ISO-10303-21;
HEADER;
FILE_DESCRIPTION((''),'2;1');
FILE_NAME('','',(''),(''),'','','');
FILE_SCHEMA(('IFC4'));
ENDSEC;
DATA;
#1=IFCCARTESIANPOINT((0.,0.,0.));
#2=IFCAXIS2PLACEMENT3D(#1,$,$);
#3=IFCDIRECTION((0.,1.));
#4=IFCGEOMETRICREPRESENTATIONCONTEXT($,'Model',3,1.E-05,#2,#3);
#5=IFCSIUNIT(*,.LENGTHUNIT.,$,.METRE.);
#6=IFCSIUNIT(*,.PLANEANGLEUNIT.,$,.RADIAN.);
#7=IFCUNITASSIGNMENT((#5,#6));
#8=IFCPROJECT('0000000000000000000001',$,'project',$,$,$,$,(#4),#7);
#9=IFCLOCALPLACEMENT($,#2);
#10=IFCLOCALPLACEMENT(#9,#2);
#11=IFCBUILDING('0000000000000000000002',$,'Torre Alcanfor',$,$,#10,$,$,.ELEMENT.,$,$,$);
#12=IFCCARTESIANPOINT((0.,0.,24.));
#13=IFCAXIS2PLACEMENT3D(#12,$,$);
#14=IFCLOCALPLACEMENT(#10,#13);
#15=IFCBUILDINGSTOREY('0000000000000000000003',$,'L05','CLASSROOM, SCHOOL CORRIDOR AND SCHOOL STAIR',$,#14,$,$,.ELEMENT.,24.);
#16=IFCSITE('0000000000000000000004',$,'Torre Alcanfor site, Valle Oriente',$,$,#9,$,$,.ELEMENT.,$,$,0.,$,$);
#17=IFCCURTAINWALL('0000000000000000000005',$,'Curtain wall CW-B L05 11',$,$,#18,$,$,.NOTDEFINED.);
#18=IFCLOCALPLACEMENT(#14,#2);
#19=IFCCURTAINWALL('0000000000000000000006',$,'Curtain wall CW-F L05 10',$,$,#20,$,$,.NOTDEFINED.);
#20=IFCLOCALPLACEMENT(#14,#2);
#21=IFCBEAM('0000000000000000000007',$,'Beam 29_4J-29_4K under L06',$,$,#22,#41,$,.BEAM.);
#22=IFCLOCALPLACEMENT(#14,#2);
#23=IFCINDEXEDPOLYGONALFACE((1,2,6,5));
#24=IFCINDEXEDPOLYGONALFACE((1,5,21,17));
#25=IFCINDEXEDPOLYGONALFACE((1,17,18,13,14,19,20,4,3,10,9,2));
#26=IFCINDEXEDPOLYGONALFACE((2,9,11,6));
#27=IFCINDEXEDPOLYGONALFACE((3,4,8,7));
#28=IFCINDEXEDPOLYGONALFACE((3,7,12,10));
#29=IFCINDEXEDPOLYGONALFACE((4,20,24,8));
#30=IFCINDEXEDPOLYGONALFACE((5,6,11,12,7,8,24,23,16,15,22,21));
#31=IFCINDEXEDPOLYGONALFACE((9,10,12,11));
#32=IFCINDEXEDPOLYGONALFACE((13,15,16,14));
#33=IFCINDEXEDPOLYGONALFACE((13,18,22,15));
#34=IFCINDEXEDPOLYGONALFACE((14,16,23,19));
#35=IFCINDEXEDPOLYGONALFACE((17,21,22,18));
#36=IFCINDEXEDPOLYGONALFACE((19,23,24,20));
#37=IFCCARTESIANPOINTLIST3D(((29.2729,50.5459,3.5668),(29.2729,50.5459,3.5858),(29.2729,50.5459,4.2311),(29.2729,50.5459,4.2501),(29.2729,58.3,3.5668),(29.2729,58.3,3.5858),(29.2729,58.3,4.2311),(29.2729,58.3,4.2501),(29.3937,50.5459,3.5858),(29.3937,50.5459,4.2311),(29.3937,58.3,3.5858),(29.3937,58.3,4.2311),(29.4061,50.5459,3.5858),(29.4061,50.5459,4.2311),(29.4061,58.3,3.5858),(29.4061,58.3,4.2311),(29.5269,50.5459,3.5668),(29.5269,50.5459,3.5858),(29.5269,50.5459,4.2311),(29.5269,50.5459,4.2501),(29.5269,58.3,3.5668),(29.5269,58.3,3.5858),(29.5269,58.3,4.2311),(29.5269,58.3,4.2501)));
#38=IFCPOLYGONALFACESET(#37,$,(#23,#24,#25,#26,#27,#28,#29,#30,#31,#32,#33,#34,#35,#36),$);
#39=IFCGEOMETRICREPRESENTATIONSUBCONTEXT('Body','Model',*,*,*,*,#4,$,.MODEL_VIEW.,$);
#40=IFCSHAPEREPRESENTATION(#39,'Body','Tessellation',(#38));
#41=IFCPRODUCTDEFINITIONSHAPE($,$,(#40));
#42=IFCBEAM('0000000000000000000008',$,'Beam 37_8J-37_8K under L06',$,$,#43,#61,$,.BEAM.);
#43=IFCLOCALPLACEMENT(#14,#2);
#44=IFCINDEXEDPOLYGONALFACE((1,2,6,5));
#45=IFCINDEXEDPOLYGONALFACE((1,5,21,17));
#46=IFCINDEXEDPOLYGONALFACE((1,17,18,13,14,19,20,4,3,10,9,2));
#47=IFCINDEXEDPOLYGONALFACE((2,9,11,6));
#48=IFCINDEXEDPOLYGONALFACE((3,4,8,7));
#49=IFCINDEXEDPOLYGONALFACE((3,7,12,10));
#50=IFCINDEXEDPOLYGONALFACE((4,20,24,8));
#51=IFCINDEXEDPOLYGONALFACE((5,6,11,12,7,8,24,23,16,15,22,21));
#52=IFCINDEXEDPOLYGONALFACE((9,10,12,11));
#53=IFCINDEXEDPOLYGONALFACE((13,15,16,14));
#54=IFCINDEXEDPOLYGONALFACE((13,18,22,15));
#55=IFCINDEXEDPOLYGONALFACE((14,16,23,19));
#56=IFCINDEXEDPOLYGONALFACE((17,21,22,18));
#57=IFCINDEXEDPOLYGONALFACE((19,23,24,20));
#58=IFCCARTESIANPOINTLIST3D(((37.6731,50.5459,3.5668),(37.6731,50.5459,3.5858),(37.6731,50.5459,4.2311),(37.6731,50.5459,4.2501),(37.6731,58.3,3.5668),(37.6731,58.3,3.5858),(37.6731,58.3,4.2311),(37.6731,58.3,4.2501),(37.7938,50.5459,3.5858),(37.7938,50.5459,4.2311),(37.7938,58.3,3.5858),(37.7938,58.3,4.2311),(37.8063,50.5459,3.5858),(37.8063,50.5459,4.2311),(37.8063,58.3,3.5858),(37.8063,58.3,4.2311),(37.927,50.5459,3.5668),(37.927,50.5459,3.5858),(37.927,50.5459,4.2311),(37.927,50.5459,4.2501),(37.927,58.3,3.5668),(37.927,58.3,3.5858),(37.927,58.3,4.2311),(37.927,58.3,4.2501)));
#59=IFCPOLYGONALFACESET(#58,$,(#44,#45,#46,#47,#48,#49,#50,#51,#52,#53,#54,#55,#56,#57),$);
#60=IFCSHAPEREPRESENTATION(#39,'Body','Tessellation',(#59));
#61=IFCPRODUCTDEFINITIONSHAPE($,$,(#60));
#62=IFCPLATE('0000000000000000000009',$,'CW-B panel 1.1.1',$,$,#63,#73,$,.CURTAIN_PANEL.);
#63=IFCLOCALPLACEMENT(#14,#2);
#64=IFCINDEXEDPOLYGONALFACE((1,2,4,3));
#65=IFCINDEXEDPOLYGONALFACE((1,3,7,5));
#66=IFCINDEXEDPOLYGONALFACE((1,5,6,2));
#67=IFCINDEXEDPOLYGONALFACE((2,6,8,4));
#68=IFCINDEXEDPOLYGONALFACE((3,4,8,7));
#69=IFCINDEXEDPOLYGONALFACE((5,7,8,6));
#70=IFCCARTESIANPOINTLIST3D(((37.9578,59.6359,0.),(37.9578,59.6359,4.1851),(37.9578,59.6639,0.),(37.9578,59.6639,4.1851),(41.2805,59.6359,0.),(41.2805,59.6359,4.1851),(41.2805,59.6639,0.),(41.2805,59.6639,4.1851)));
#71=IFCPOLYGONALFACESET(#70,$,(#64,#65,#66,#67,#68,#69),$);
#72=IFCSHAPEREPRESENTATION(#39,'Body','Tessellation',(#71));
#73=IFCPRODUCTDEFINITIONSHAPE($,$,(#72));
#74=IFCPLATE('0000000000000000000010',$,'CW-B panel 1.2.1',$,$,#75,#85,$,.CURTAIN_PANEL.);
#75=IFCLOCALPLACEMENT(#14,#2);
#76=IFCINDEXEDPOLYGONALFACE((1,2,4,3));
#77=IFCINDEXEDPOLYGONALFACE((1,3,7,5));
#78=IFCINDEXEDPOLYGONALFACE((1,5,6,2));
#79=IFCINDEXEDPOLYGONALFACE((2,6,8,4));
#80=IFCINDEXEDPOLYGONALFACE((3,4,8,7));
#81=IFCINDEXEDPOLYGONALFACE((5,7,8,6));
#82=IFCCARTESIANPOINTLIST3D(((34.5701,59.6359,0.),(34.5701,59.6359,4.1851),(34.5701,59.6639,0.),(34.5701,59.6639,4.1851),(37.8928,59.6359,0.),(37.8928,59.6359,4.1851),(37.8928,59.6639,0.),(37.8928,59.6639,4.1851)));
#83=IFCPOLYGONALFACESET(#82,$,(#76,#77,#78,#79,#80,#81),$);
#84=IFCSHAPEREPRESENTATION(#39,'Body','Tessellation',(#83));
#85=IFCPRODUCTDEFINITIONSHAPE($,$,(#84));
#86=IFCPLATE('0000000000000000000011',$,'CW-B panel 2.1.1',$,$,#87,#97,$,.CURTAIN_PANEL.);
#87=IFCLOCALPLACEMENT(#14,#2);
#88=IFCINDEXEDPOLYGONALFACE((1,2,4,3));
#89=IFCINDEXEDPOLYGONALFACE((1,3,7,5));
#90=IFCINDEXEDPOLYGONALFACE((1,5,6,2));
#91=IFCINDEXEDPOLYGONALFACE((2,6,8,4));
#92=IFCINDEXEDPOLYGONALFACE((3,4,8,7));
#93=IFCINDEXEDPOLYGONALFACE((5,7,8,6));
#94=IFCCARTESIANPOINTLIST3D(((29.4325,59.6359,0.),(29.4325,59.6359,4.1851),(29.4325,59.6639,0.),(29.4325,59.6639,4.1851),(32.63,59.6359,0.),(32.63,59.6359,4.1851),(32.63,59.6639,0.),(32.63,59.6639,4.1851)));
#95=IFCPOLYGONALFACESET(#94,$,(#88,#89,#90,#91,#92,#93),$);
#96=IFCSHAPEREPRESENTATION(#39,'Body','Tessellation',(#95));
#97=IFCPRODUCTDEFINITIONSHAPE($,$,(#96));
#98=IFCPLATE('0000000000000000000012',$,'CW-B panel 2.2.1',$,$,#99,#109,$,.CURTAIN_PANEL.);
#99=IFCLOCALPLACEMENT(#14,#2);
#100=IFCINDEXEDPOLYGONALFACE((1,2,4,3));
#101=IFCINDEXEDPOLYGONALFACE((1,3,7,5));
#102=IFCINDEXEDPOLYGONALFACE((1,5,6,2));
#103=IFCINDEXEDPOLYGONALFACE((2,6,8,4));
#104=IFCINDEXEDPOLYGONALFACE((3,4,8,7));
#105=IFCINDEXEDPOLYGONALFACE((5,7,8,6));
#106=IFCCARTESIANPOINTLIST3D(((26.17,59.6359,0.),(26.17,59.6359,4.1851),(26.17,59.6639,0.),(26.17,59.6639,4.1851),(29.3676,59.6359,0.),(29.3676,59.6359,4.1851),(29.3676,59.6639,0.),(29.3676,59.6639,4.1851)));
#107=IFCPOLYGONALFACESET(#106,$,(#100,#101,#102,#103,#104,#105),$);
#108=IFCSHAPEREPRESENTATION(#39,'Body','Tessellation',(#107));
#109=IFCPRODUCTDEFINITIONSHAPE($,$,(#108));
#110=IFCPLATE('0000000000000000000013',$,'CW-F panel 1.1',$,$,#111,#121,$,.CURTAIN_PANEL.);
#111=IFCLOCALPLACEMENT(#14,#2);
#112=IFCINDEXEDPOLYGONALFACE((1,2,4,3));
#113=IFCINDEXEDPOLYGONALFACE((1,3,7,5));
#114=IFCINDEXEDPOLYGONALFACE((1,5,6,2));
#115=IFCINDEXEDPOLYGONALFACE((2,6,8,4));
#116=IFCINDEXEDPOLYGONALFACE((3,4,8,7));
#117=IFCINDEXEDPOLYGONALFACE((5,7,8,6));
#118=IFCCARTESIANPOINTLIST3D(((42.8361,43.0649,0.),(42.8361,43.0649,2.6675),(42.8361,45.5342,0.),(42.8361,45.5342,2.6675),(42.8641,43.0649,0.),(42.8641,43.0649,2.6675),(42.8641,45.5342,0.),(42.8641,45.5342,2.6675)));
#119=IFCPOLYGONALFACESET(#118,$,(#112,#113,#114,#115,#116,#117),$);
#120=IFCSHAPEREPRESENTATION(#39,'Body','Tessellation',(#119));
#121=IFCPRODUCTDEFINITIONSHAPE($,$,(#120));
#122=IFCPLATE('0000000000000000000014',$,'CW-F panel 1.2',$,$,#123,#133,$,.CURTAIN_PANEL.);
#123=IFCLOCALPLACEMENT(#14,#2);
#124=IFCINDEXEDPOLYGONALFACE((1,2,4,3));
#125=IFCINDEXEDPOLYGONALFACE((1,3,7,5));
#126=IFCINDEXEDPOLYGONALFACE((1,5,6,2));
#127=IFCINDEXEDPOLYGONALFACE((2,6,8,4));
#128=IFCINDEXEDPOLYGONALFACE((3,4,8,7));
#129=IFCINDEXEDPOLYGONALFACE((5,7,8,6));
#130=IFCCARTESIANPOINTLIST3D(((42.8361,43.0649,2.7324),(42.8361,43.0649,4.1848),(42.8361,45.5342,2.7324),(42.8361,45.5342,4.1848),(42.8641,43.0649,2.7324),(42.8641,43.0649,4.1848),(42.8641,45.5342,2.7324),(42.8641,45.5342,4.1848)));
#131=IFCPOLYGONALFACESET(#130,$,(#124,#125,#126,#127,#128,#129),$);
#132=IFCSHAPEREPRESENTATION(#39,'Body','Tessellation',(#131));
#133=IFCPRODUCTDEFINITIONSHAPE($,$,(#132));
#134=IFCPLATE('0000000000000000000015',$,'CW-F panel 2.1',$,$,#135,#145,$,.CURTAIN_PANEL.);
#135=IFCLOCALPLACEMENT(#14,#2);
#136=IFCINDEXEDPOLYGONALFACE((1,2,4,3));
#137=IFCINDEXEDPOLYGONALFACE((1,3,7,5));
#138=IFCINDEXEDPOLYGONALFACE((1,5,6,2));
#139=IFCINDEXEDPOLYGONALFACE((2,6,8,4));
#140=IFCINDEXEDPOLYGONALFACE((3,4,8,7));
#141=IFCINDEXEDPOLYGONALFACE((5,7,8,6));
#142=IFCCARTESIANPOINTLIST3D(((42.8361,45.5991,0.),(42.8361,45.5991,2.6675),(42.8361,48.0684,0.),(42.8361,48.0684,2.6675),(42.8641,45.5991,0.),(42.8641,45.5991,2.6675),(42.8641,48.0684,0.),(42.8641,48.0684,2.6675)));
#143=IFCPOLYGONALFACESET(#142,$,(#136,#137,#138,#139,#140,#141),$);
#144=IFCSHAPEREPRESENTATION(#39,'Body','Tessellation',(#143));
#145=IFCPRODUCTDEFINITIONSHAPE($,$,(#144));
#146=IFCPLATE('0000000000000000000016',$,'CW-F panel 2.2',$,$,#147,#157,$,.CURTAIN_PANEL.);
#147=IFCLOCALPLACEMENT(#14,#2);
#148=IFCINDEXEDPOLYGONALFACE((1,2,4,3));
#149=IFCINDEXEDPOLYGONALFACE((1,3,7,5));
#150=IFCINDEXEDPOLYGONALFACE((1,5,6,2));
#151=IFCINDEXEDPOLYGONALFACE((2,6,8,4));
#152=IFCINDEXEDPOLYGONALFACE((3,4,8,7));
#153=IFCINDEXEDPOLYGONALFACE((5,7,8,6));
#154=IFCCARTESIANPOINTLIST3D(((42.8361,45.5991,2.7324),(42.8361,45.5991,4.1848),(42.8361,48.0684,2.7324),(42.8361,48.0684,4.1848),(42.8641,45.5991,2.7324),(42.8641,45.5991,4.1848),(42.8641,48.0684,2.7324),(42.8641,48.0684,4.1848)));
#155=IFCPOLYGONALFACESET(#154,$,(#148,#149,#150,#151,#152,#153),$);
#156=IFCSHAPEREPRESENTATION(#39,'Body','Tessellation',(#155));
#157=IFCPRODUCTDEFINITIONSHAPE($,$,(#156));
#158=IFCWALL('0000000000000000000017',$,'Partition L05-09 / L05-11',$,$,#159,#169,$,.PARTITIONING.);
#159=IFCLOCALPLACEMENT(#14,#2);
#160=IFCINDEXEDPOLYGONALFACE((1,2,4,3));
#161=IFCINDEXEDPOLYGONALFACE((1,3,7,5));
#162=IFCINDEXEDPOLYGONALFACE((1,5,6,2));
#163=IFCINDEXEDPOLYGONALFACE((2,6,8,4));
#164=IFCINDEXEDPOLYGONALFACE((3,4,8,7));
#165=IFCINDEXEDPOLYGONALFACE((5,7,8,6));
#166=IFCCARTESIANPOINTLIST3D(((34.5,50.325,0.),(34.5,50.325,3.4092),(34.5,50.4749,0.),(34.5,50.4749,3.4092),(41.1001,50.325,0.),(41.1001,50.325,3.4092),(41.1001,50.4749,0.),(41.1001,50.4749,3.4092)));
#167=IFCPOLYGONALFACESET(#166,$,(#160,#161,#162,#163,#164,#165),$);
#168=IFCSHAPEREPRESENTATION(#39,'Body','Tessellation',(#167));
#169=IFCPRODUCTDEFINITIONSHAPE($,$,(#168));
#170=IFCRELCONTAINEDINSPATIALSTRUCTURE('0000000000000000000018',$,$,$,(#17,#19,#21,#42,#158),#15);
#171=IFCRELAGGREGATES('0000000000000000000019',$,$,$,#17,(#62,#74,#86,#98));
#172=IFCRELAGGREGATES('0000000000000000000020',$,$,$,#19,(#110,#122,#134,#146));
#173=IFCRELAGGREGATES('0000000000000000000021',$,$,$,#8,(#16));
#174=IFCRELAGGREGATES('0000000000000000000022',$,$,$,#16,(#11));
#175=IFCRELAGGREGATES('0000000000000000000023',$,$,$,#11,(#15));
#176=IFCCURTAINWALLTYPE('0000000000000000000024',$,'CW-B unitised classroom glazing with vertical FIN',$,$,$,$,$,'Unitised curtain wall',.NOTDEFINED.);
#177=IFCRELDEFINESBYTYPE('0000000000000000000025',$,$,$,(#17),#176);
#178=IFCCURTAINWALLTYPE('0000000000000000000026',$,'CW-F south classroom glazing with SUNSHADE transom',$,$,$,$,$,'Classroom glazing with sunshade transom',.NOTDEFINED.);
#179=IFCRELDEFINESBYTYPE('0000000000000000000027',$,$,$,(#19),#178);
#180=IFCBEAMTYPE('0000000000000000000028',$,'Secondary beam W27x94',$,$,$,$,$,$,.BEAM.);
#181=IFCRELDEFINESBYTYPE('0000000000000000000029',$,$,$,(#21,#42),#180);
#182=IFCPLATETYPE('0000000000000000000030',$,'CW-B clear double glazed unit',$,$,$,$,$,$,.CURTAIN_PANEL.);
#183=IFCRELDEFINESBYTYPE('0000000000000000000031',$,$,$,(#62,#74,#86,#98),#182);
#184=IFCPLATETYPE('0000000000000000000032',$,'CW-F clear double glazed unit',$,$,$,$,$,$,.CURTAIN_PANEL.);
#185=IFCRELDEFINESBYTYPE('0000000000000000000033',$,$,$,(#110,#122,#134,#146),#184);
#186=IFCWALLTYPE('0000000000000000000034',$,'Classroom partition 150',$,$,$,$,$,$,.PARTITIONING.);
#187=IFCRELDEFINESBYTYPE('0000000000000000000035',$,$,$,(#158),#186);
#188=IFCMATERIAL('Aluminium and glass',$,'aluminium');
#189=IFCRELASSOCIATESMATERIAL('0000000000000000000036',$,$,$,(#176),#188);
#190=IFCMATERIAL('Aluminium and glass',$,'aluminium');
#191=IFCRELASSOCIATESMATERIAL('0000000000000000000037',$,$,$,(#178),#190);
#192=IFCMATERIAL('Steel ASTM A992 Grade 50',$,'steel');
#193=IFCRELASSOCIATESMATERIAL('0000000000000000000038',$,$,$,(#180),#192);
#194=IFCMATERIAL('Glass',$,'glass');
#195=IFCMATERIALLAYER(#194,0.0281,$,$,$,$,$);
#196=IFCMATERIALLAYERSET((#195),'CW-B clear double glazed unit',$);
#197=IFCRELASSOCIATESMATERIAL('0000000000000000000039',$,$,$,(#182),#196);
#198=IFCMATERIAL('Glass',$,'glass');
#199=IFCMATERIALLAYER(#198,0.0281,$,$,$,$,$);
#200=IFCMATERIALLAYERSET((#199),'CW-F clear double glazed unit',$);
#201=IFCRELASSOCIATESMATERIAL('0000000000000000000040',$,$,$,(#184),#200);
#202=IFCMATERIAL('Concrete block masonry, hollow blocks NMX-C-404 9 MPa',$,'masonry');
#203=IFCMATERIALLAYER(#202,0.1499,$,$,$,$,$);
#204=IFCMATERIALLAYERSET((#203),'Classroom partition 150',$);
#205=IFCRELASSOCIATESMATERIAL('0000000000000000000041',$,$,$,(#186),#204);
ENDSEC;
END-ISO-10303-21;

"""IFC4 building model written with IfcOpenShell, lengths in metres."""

from ifc_helpers import new_model, si_unit, direction, frame, frame_2d, origin, origin_2d, place, context, subcontext, project, spatial, rectangle, i_section, extrude, material, layer, layer_set, material_profile, profile_set, type_object, element, aggregate, save


model = new_model("IFC4")

# Units and contexts
model_context = context("Model", 3, precision=1e-05, world=origin(), true_north=direction((0.0, 1.0)))
body_context = subcontext(model_context, "Body", "Model", "MODEL_VIEW")
ifc_project = project(units=[si_unit("LENGTHUNIT", "METRE"), si_unit("PLANEANGLEUNIT", "RADIAN")], contexts=[model_context])

# Site, building, storey
site_placement = place(None, origin())
site = spatial("IfcSite", under=ifc_project, at=site_placement, Name="Torre Alcanfor site, Valle Oriente", CompositionType="ELEMENT", RefElevation=0.0)
building_placement = place(site_placement, origin())
building = spatial("IfcBuilding", under=site, at=building_placement, Name="Torre Alcanfor", CompositionType="ELEMENT")
storey_placement = place(building_placement, frame((0.0, 0.0, 24.0)))
storey = spatial("IfcBuildingStorey", under=building, at=storey_placement, Name="L05", Description="CLASSROOM, SCHOOL CORRIDOR AND SCHOOL STAIR", CompositionType="ELEMENT", Elevation=24.0)

# Curtain walls
ifc_material_1 = material(Name="Aluminium and glass", Category="aluminium")
curtain_wall_type_1 = type_object("IfcCurtainWallType", Name="CW-B unitised classroom glazing with vertical FIN", ElementType="Unitised curtain wall", PredefinedType="NOTDEFINED", material=ifc_material_1)
curtain_wall_1_placement = place(storey_placement, origin())
curtain_wall_1 = element("IfcCurtainWall", 1, at=curtain_wall_1_placement, inside=storey, type_object=curtain_wall_type_1, Name="Curtain wall CW-B L05 11", PredefinedType="NOTDEFINED")
ifc_material_2 = material(Name="Aluminium and glass", Category="aluminium")
curtain_wall_type_2 = type_object("IfcCurtainWallType", Name="CW-F south classroom glazing with SUNSHADE transom", ElementType="Classroom glazing with sunshade transom", PredefinedType="NOTDEFINED", material=ifc_material_2)
curtain_wall_2_placement = place(storey_placement, origin())
curtain_wall_2 = element("IfcCurtainWall", 2, at=curtain_wall_2_placement, inside=storey, type_object=curtain_wall_type_2, Name="Curtain wall CW-F L05 10", PredefinedType="NOTDEFINED")

# Beams
ifc_material_3 = material(Name="Steel ASTM A992 Grade 50", Category="steel")
ifc_material_profile_1 = material_profile(ifc_material_3, i_section(OverallWidth=0.2539, OverallDepth=0.6833, WebThickness=0.0125, FlangeThickness=0.019, at=origin_2d()), Name="W27x94")
ifc_profile_set_1 = profile_set([ifc_material_profile_1], Name="Steel ASTM A992 Grade 50")
beam_type_1 = type_object("IfcBeamType", Name="Secondary beam W27x94", PredefinedType="BEAM", material=ifc_profile_set_1)
for number, where, z_axis, x_axis, name in (
    (3, (29.3999, 50.5459, 3.9084), (0.0, 1.0, 0.0), (-1.0, 0.0, 0.0), "Beam 29_4J-29_4K under L06"),
    (4, (37.8, 50.5459, 3.9084), (0.0, 1.0, 0.0), (-1.0, 0.0, 0.0), "Beam 37_8J-37_8K under L06"),
):
    element("IfcBeam", number, at=place(storey_placement, frame(where, z_axis=z_axis, x_axis=x_axis)), inside=storey, type_object=beam_type_1, Name=name, PredefinedType="BEAM", context=body_context, shape_type="SweptSolid", body=[
        extrude(i_section(OverallWidth=0.2539, OverallDepth=0.6833, WebThickness=0.0125, FlangeThickness=0.019, at=origin_2d()), origin(), (0.0, 0.0, 1.0), 7.7542),
    ])

# Plates
ifc_material_4 = material(Name="Glass", Category="glass")
ifc_layer_1 = layer(ifc_material_4, 0.0281)
ifc_layer_set_1 = layer_set([ifc_layer_1], Name="CW-B clear double glazed unit")
plate_type_1 = type_object("IfcPlateType", Name="CW-B clear double glazed unit", PredefinedType="CURTAIN_PANEL", material=ifc_layer_set_1)
plate_1_placement = place(storey_placement, frame((39.6191, 59.6499, 0.0), z_axis=(0.0, 0.0, 1.0), x_axis=(-1.0, 0.0, 0.0)))
plate_1 = element("IfcPlate", 5, at=plate_1_placement, type_object=plate_type_1, Name="CW-B panel 1.1.1", PredefinedType="CURTAIN_PANEL", context=body_context, shape_type="SweptSolid", body=[
    extrude(rectangle(XDim=3.3228, YDim=0.0281, at=origin_2d()), origin(), (0.0, 0.0, 1.0), 4.1851),
])
plate_2_placement = place(storey_placement, frame((36.2314, 59.6499, 0.0), z_axis=(0.0, 0.0, 1.0), x_axis=(-1.0, 0.0, 0.0)))
plate_2 = element("IfcPlate", 6, at=plate_2_placement, type_object=plate_type_1, Name="CW-B panel 1.2.1", PredefinedType="CURTAIN_PANEL", context=body_context, shape_type="SweptSolid", body=[
    extrude(rectangle(XDim=3.3228, YDim=0.0281, at=origin_2d()), origin(), (0.0, 0.0, 1.0), 4.1851),
])
plate_3_placement = place(storey_placement, frame((31.0312, 59.6499, 0.0), z_axis=(0.0, 0.0, 1.0), x_axis=(-1.0, 0.0, 0.0)))
plate_3 = element("IfcPlate", 7, at=plate_3_placement, type_object=plate_type_1, Name="CW-B panel 2.1.1", PredefinedType="CURTAIN_PANEL", context=body_context, shape_type="SweptSolid", body=[
    extrude(rectangle(XDim=3.1975, YDim=0.0281, at=origin_2d()), origin(), (0.0, 0.0, 1.0), 4.1851),
])
plate_4_placement = place(storey_placement, frame((27.7688, 59.6499, 0.0), z_axis=(0.0, 0.0, 1.0), x_axis=(-1.0, 0.0, 0.0)))
plate_4 = element("IfcPlate", 8, at=plate_4_placement, type_object=plate_type_1, Name="CW-B panel 2.2.1", PredefinedType="CURTAIN_PANEL", context=body_context, shape_type="SweptSolid", body=[
    extrude(rectangle(XDim=3.1975, YDim=0.0281, at=origin_2d()), origin(), (0.0, 0.0, 1.0), 4.1851),
])
aggregate(curtain_wall_1, [plate_1, plate_2, plate_3, plate_4])
ifc_material_5 = material(Name="Glass", Category="glass")
ifc_layer_2 = layer(ifc_material_5, 0.0281)
ifc_layer_set_2 = layer_set([ifc_layer_2], Name="CW-F clear double glazed unit")
plate_type_2 = type_object("IfcPlateType", Name="CW-F clear double glazed unit", PredefinedType="CURTAIN_PANEL", material=ifc_layer_set_2)
plate_5_placement = place(storey_placement, frame((42.8501, 44.2996, 0.0), z_axis=(0.0, 0.0, 1.0), x_axis=(0.0, 1.0, 0.0)))
plate_5 = element("IfcPlate", 9, at=plate_5_placement, type_object=plate_type_2, Name="CW-F panel 1.1", PredefinedType="CURTAIN_PANEL", context=body_context, shape_type="SweptSolid", body=[
    extrude(rectangle(XDim=2.4692, YDim=0.0281, at=origin_2d()), origin(), (0.0, 0.0, 1.0), 2.6675),
])
plate_6_placement = place(storey_placement, frame((42.8501, 44.2996, 2.7324), z_axis=(0.0, 0.0, 1.0), x_axis=(0.0, 1.0, 0.0)))
plate_6 = element("IfcPlate", 10, at=plate_6_placement, type_object=plate_type_2, Name="CW-F panel 1.2", PredefinedType="CURTAIN_PANEL", context=body_context, shape_type="SweptSolid", body=[
    extrude(rectangle(XDim=2.4692, YDim=0.0281, at=origin_2d()), origin(), (0.0, 0.0, 1.0), 1.4524),
])
plate_7_placement = place(storey_placement, frame((42.8501, 46.8337, 0.0), z_axis=(0.0, 0.0, 1.0), x_axis=(0.0, 1.0, 0.0)))
plate_7 = element("IfcPlate", 11, at=plate_7_placement, type_object=plate_type_2, Name="CW-F panel 2.1", PredefinedType="CURTAIN_PANEL", context=body_context, shape_type="SweptSolid", body=[
    extrude(rectangle(XDim=2.4692, YDim=0.0281, at=origin_2d()), origin(), (0.0, 0.0, 1.0), 2.6675),
])
plate_8_placement = place(storey_placement, frame((42.8501, 46.8337, 2.7324), z_axis=(0.0, 0.0, 1.0), x_axis=(0.0, 1.0, 0.0)))
plate_8 = element("IfcPlate", 12, at=plate_8_placement, type_object=plate_type_2, Name="CW-F panel 2.2", PredefinedType="CURTAIN_PANEL", context=body_context, shape_type="SweptSolid", body=[
    extrude(rectangle(XDim=2.4692, YDim=0.0281, at=origin_2d()), origin(), (0.0, 0.0, 1.0), 1.4524),
])
aggregate(curtain_wall_2, [plate_5, plate_6, plate_7, plate_8])

# Wall
ifc_material_6 = material(Name="Concrete block masonry, hollow blocks NMX-C-404 9 MPa", Category="masonry")
ifc_layer_3 = layer(ifc_material_6, 0.1499)
ifc_layer_set_3 = layer_set([ifc_layer_3], Name="Classroom partition 150")
wall_type_1 = type_object("IfcWallType", Name="Classroom partition 150", PredefinedType="PARTITIONING", material=ifc_layer_set_3)
wall_1_placement = place(storey_placement, frame((34.5, 50.3999, 0.0), z_axis=(0.0, 0.0, 1.0), x_axis=(1.0, 0.0, 0.0)))
element("IfcWall", 13, at=wall_1_placement, inside=storey, type_object=wall_type_1, Name="Partition L05-09 / L05-11", PredefinedType="PARTITIONING", context=body_context, shape_type="SweptSolid", body=[
    extrude(rectangle(XDim=6.6001, YDim=0.1499, at=frame_2d((3.3, 0.0))), origin(), (0.0, 0.0, 1.0), 3.4092),
])

save(model, "model.ifc")
